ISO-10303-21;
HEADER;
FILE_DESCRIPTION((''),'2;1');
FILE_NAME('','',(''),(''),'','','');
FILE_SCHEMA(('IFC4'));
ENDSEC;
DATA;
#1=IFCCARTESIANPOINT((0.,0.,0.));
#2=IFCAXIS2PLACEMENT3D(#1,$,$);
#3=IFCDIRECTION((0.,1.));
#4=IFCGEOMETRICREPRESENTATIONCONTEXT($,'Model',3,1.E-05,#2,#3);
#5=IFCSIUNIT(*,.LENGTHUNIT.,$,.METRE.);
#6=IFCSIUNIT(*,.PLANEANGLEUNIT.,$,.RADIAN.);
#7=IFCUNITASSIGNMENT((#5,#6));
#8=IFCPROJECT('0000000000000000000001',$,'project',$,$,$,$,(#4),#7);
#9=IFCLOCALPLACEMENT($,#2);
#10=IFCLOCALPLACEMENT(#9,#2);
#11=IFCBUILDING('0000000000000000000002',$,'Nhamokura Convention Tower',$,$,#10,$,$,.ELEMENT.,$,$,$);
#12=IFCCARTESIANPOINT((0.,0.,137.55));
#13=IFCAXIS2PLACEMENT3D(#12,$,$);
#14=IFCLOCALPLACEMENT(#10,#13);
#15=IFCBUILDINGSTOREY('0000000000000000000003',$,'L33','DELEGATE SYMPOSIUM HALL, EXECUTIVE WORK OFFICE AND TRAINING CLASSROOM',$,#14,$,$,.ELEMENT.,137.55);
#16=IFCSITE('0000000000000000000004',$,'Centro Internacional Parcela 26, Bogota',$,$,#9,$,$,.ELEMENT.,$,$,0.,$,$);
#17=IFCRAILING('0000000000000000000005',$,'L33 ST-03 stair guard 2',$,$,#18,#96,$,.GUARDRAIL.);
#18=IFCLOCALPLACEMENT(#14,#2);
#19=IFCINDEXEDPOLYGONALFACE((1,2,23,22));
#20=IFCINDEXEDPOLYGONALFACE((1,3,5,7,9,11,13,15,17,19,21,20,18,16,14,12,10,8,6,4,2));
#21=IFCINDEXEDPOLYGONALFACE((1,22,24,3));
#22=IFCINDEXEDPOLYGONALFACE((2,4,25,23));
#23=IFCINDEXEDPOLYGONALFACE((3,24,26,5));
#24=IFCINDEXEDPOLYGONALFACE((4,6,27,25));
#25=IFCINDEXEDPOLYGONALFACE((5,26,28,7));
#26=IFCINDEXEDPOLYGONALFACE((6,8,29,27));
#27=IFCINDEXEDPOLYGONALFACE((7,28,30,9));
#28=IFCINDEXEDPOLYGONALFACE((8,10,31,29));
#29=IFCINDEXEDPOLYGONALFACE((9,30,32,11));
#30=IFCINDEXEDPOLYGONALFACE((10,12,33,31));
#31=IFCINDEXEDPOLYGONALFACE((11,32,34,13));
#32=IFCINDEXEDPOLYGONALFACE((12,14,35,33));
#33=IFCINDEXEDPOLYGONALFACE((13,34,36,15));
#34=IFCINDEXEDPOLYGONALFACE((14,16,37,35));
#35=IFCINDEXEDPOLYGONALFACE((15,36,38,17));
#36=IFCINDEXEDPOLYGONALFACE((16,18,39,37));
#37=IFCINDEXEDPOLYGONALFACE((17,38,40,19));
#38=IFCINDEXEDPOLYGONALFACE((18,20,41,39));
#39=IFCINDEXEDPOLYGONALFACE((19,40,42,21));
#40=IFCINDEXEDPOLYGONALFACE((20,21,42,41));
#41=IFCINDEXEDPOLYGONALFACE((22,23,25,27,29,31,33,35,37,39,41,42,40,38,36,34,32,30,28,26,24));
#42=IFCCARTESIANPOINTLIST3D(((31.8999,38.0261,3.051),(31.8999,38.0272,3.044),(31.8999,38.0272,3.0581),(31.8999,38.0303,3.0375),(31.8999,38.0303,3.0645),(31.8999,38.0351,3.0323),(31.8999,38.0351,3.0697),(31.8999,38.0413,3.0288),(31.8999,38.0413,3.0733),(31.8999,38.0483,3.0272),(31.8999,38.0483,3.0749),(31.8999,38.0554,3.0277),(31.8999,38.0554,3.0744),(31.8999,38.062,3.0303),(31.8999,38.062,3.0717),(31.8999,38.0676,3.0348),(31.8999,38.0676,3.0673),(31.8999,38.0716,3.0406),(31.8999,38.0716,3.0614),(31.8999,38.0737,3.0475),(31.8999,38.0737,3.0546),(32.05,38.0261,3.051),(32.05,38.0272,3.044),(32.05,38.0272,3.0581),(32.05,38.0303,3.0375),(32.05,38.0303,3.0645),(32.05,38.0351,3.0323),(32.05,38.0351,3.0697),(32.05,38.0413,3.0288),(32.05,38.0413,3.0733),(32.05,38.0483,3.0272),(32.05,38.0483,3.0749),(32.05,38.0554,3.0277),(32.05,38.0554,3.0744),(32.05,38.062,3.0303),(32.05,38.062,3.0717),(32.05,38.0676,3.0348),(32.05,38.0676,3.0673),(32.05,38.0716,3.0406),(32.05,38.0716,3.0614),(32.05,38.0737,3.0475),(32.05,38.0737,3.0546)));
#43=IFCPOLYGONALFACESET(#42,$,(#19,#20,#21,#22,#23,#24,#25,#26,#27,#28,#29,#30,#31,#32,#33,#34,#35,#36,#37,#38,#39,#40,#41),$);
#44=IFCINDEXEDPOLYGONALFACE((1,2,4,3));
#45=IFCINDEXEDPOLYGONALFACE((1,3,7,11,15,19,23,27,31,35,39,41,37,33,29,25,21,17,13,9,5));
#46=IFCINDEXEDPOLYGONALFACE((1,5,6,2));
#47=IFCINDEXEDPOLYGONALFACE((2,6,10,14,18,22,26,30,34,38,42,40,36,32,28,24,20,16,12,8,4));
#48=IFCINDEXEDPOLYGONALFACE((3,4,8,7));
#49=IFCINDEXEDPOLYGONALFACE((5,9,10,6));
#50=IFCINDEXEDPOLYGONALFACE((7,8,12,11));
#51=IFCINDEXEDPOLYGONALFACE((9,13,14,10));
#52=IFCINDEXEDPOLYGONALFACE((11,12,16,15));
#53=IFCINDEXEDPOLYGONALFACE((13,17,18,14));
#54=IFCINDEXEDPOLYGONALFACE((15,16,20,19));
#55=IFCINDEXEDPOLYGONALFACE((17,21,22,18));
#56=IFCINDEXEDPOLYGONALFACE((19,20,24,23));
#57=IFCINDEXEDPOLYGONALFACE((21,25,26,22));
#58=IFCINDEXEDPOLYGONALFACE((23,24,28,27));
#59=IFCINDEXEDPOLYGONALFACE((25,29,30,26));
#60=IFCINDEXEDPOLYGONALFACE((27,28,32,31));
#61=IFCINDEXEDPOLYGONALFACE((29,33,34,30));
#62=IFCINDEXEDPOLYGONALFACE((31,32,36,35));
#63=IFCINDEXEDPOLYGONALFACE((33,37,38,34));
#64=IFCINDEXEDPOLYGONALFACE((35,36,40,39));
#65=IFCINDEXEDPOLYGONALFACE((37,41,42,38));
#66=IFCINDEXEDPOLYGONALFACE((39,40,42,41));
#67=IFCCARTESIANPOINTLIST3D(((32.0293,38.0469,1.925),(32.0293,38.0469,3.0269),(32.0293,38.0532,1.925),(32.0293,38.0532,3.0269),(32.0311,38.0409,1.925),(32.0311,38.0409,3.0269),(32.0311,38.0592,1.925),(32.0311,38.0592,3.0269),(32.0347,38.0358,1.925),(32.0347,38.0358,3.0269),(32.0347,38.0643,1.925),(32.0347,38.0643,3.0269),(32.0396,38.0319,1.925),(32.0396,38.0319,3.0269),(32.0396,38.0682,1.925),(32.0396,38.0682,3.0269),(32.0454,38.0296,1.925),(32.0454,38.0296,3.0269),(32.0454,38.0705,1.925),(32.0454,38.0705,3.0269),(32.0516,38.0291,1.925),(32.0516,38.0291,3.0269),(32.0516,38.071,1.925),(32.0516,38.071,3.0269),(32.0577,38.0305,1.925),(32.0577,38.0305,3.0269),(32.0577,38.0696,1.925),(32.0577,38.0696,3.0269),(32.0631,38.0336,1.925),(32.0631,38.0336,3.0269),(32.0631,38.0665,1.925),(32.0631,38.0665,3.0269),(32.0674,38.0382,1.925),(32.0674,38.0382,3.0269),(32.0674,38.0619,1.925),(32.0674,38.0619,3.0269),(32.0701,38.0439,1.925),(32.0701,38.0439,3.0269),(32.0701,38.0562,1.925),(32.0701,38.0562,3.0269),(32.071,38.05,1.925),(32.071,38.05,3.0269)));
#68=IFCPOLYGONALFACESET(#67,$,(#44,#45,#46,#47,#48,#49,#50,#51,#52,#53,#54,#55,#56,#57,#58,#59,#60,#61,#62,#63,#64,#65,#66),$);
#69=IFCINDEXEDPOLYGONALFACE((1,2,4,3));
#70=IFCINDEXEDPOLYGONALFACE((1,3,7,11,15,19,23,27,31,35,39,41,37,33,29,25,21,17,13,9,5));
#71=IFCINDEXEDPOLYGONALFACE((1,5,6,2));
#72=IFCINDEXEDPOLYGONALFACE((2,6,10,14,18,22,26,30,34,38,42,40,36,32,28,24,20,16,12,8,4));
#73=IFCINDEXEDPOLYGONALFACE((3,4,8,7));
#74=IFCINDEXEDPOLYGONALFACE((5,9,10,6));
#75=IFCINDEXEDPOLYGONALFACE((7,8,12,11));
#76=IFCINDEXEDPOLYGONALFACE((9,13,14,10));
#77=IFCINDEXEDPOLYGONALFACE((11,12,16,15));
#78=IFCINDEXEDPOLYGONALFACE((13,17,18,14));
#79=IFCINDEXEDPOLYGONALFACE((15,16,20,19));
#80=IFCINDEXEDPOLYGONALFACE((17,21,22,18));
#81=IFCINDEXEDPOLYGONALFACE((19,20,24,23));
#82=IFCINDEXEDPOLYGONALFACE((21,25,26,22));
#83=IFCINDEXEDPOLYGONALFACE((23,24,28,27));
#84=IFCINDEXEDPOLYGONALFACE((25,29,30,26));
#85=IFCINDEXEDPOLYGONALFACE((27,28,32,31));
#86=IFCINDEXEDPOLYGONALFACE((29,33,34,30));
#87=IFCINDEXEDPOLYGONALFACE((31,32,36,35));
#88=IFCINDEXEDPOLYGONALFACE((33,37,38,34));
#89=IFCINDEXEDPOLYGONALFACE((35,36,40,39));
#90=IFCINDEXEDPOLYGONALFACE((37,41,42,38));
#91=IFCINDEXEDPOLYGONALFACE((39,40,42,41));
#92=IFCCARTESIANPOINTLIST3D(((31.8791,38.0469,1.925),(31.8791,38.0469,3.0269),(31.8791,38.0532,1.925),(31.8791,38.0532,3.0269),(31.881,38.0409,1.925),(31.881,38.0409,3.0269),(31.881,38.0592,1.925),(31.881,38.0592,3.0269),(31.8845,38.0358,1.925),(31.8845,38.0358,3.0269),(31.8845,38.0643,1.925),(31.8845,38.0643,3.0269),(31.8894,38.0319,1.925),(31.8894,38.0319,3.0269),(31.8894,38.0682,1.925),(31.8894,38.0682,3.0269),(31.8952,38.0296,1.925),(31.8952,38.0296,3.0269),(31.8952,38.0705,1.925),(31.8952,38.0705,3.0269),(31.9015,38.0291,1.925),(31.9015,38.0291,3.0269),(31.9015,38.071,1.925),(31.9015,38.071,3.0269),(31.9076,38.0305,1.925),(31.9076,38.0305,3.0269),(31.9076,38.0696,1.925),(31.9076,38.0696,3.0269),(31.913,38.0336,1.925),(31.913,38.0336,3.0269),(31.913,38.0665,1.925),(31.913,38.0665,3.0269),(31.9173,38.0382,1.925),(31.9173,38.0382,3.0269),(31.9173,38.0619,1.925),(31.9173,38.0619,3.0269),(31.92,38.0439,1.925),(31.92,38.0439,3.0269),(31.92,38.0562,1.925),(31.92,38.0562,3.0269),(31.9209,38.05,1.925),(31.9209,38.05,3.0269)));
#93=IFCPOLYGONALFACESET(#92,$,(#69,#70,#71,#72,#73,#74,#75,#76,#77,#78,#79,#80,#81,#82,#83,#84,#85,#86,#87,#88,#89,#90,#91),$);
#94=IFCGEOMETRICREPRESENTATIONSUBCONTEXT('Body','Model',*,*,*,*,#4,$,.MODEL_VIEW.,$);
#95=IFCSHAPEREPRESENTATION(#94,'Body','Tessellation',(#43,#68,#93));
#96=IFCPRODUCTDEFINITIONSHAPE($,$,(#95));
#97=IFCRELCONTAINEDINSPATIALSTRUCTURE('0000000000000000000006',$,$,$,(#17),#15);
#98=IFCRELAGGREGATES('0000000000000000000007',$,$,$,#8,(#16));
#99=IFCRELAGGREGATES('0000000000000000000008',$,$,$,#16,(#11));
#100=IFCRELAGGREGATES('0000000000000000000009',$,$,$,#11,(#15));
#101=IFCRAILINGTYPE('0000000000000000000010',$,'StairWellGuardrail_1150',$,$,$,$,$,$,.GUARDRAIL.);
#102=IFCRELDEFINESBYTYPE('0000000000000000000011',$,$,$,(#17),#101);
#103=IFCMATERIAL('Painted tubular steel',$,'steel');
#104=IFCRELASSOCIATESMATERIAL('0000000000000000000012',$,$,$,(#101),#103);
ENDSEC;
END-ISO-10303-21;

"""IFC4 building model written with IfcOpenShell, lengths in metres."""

from ifc_helpers import new_model, si_unit, direction, frame, origin, origin_2d, place, context, subcontext, project, spatial, circle, extrude, material, type_object, element, save


model = new_model("IFC4")

# Units and contexts
model_context = context("Model", 3, precision=1e-05, world=origin(), true_north=direction((0.0, 1.0)))
body_context = subcontext(model_context, "Body", "Model", "MODEL_VIEW")
ifc_project = project(units=[si_unit("LENGTHUNIT", "METRE"), si_unit("PLANEANGLEUNIT", "RADIAN")], contexts=[model_context])

# Site, building, storey
site_placement = place(None, origin())
site = spatial("IfcSite", under=ifc_project, at=site_placement, Name="Centro Internacional Parcela 26, Bogota", CompositionType="ELEMENT", RefElevation=0.0)
building_placement = place(site_placement, origin())
building = spatial("IfcBuilding", under=site, at=building_placement, Name="Nhamokura Convention Tower", CompositionType="ELEMENT")
storey_placement = place(building_placement, frame((0.0, 0.0, 137.55)))
storey = spatial("IfcBuildingStorey", under=building, at=storey_placement, Name="L33", Description="DELEGATE SYMPOSIUM HALL, EXECUTIVE WORK OFFICE AND TRAINING CLASSROOM", CompositionType="ELEMENT", Elevation=137.55)

# Railing
ifc_material_1 = material(Name="Painted tubular steel", Category="steel")
railing_type_1 = type_object("IfcRailingType", Name="StairWellGuardrail_1150", PredefinedType="GUARDRAIL", material=ifc_material_1)
railing_1_placement = place(storey_placement, frame((32.05, 38.05, 1.925)))
element("IfcRailing", 1, at=railing_1_placement, inside=storey, type_object=railing_type_1, Name="L33 ST-03 stair guard 2", PredefinedType="GUARDRAIL", context=body_context, shape_type="SweptSolid", body=[
    extrude(circle(Radius=0.0239, at=origin_2d()), frame((0.0, 0.0, 1.126), z_axis=(-1.0, 0.0, 0.0), x_axis=(0.0, -1.0, 0.0)), (0.0, 0.0, 1.0), 0.1501),
    extrude(circle(Radius=0.021, at=origin_2d()), origin(), (0.0, 0.0, 1.0), 1.1018),
    extrude(circle(Radius=0.021, at=origin_2d()), frame((-0.1501, 0.0, 0.0)), (0.0, 0.0, 1.0), 1.1018),
])

save(model, "model.ifc")
